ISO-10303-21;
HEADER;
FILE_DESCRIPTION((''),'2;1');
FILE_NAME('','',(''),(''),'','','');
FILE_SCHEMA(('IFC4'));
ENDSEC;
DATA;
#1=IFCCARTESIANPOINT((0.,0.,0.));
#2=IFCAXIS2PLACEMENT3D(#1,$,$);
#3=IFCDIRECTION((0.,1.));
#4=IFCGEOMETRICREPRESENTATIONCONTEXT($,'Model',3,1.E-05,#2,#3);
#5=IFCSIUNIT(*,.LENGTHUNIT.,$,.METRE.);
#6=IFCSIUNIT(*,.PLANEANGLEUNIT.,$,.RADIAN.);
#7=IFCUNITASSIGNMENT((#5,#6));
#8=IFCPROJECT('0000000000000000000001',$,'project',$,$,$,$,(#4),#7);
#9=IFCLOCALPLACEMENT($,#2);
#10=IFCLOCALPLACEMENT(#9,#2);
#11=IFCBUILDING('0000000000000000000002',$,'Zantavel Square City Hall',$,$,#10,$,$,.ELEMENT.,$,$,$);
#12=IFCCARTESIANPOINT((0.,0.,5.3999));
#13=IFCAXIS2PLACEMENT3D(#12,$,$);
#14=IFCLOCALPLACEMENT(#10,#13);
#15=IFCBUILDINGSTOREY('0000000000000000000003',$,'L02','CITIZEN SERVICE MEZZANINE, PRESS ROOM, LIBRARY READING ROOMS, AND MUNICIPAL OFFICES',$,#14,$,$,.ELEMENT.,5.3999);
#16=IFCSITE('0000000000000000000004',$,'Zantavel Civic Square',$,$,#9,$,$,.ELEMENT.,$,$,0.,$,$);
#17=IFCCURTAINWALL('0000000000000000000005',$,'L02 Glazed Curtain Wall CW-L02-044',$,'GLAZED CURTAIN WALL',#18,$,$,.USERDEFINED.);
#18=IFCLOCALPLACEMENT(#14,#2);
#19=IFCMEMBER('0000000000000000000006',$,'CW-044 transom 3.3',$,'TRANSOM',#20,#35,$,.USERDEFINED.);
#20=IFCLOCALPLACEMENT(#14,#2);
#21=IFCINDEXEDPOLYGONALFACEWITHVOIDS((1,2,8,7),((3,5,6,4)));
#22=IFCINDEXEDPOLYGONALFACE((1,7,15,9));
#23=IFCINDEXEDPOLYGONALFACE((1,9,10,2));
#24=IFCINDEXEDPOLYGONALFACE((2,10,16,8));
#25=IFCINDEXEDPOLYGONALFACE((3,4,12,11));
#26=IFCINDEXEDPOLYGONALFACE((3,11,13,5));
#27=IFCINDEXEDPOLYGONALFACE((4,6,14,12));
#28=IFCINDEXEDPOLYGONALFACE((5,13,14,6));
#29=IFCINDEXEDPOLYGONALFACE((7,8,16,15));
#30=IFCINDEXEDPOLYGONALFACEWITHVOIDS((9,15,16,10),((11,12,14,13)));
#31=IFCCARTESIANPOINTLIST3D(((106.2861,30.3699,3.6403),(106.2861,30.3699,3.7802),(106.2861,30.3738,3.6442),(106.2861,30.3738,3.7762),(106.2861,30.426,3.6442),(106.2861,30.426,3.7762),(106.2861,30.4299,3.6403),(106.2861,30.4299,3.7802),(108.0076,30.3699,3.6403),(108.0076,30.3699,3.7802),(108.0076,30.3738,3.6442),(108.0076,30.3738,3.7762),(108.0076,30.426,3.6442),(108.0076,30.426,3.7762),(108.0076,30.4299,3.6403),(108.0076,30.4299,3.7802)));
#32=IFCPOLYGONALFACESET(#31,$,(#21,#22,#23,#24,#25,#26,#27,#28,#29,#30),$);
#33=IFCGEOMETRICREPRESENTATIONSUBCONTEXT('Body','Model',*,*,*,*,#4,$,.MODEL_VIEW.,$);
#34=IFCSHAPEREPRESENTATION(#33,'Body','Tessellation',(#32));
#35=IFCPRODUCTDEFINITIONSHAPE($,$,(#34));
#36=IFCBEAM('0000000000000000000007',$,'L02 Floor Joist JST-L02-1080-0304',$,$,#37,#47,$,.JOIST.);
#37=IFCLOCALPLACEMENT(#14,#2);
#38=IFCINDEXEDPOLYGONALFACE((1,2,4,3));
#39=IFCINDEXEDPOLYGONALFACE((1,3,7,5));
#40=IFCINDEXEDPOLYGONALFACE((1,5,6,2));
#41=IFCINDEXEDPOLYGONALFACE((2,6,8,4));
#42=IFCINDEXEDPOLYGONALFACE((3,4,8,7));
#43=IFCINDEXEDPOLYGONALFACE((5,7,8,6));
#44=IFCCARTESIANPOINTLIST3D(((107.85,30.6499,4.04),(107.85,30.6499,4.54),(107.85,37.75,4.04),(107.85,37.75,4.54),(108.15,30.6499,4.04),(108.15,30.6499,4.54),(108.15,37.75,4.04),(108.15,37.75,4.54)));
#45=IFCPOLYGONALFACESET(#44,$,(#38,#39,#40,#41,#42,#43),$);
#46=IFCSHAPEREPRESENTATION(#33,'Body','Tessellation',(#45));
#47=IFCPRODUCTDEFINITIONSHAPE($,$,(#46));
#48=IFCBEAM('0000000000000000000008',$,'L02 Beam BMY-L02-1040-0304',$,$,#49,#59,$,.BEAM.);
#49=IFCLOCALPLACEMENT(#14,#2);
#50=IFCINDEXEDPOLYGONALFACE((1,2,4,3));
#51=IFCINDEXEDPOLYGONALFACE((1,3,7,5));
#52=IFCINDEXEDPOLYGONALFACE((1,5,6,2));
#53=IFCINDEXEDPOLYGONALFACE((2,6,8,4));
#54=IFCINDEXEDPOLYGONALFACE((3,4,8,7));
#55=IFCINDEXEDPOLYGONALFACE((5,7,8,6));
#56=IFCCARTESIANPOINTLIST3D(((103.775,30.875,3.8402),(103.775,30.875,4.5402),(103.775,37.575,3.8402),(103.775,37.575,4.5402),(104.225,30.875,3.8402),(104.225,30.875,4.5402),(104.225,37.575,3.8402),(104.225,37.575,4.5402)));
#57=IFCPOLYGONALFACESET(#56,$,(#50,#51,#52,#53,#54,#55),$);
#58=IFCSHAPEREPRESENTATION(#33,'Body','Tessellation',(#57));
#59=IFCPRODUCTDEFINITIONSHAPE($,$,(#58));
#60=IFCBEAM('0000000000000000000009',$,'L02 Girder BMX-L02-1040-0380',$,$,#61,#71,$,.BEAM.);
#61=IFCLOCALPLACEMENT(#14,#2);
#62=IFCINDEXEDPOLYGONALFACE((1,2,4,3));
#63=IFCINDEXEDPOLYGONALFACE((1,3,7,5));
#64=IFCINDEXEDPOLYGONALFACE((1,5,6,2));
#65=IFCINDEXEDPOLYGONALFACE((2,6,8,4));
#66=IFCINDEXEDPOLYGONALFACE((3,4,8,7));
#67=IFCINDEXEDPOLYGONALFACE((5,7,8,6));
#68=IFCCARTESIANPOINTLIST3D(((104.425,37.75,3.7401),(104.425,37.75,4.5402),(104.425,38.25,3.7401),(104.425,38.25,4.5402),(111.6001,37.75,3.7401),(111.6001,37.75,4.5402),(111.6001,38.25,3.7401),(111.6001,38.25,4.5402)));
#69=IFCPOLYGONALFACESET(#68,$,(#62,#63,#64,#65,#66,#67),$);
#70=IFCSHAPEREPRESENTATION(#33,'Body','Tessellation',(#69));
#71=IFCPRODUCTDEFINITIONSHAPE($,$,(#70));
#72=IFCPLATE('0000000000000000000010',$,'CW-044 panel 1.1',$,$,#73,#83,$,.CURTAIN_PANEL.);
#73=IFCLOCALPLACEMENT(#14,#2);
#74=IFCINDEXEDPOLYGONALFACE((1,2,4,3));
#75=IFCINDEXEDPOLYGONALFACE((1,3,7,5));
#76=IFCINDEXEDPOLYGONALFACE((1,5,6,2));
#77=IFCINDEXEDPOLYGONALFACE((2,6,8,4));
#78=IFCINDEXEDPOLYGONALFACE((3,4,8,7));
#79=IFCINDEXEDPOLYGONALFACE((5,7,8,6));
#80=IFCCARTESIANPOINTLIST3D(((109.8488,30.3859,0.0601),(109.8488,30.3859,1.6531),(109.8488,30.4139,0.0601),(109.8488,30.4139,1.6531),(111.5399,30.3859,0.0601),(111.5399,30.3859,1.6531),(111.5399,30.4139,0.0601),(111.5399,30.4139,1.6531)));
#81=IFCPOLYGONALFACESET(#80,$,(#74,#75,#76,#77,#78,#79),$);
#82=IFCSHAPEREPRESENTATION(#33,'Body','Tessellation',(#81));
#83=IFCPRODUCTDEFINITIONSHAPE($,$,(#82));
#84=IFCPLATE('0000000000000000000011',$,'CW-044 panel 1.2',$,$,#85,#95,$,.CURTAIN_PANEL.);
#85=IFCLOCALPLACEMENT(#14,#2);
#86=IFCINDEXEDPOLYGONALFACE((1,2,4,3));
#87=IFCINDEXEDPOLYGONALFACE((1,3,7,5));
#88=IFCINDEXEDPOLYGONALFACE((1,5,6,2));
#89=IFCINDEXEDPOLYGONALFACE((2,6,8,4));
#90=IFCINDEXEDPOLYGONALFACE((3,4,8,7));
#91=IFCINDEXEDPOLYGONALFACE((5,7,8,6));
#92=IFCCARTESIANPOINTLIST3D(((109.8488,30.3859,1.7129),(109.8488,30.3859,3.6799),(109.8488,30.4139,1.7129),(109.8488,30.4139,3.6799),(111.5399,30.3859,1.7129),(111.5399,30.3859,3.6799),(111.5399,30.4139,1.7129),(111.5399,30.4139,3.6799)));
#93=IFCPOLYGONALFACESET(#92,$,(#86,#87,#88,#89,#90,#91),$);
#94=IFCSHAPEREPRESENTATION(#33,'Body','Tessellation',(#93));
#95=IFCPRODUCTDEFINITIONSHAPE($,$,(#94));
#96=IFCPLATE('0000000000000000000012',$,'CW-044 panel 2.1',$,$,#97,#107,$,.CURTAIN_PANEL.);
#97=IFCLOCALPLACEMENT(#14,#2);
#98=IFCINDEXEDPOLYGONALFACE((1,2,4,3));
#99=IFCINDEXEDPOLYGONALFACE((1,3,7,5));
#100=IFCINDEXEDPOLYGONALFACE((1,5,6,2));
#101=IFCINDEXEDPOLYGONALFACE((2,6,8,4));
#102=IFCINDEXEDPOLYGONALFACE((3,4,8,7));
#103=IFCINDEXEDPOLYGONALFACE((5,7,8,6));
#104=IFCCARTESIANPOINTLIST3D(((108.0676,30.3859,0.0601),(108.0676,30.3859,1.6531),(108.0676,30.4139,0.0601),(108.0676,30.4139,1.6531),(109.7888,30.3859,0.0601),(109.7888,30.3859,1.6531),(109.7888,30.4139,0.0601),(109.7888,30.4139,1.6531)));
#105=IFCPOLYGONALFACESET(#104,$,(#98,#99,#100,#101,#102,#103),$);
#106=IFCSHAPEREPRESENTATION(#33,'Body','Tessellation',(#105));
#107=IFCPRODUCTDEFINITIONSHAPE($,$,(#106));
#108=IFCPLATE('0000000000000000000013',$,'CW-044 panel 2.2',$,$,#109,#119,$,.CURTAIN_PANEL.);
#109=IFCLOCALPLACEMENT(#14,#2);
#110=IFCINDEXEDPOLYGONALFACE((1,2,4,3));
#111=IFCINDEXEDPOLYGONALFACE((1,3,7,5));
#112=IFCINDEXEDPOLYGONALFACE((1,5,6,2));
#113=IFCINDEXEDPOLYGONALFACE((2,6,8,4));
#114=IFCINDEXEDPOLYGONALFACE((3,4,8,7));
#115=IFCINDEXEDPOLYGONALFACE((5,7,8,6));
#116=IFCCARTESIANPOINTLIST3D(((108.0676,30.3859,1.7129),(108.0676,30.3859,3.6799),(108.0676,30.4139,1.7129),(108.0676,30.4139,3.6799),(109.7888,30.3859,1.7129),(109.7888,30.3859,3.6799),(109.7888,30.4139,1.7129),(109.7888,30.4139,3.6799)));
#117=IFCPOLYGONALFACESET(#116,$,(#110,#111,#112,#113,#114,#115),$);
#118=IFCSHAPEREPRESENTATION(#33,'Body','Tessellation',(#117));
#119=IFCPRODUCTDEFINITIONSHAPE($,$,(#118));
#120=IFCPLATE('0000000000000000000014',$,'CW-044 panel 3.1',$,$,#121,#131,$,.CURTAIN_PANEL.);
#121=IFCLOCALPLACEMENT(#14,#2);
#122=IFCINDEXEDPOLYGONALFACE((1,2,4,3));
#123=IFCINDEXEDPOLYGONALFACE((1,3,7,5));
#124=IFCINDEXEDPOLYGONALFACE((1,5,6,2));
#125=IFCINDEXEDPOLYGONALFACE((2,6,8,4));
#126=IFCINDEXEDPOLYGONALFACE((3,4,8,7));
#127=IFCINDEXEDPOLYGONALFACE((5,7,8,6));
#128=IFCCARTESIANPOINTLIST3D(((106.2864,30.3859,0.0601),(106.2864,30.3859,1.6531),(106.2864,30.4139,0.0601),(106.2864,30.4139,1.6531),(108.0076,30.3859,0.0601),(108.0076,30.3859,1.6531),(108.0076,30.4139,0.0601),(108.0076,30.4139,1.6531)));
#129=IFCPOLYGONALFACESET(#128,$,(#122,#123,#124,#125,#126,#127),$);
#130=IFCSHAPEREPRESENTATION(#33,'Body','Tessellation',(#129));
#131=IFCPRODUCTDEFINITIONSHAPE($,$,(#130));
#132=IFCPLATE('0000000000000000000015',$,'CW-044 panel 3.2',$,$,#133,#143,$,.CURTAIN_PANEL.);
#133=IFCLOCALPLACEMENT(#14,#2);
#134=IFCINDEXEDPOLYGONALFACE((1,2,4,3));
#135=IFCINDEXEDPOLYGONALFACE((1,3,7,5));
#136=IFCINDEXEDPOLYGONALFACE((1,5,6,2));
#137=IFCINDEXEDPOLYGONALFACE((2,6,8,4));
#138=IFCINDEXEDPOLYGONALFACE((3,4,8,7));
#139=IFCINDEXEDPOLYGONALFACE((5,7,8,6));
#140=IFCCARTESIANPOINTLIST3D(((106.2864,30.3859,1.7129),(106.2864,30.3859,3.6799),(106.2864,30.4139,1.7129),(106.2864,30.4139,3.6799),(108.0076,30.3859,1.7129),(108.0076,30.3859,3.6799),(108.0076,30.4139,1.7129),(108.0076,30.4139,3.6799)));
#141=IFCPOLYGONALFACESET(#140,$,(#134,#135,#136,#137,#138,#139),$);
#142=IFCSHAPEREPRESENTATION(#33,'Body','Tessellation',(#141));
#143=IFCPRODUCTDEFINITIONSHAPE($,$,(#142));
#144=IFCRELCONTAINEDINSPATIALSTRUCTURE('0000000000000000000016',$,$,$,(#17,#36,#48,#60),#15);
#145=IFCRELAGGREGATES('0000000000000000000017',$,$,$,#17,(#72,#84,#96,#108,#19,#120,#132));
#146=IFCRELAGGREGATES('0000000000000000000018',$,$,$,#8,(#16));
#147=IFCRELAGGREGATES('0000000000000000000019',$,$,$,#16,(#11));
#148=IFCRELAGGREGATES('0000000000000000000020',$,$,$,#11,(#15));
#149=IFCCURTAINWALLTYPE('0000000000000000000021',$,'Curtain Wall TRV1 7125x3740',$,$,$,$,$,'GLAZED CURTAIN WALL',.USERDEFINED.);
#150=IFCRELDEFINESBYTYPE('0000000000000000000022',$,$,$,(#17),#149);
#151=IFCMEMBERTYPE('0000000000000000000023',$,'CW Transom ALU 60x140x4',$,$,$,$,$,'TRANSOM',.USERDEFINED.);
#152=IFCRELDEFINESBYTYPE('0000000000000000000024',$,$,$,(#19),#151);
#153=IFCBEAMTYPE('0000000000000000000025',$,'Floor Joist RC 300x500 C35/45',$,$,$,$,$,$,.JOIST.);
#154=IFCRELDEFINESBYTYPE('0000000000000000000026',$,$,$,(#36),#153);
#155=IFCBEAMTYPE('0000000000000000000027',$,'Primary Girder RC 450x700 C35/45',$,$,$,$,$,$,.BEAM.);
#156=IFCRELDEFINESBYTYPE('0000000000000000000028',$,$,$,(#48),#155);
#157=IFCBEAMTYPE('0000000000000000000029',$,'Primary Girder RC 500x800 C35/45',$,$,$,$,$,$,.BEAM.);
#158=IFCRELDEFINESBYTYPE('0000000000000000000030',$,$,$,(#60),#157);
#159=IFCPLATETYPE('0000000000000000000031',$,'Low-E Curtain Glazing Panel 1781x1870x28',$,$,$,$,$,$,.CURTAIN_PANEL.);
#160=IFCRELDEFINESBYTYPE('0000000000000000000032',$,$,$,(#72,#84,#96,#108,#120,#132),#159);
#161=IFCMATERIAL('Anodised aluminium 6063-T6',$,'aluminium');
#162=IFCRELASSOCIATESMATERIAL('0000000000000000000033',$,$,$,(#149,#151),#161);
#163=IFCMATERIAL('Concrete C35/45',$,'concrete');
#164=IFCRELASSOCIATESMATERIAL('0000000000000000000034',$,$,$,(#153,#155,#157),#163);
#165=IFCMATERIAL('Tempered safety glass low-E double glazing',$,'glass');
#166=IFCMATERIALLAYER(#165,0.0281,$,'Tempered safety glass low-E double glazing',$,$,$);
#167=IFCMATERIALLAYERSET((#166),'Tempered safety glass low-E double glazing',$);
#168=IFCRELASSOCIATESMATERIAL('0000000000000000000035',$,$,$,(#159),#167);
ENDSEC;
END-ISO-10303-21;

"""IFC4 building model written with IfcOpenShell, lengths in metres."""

from ifc_helpers import new_model, si_unit, direction, frame, origin, origin_2d, place, context, subcontext, project, spatial, rectangle, hollow_rectangle, extrude, material, layer, layer_set, material_profile, profile_set, type_object, element, aggregate, save


model = new_model("IFC4")

# Units and contexts
model_context = context("Model", 3, precision=1e-05, world=origin(), true_north=direction((0.0, 1.0)))
body_context = subcontext(model_context, "Body", "Model", "MODEL_VIEW")
ifc_project = project(units=[si_unit("LENGTHUNIT", "METRE"), si_unit("PLANEANGLEUNIT", "RADIAN")], contexts=[model_context])

# Site, building, storey
site_placement = place(None, origin())
site = spatial("IfcSite", under=ifc_project, at=site_placement, Name="Zantavel Civic Square", CompositionType="ELEMENT", RefElevation=0.0)
building_placement = place(site_placement, origin())
building = spatial("IfcBuilding", under=site, at=building_placement, Name="Zantavel Square City Hall", CompositionType="ELEMENT")
storey_placement = place(building_placement, frame((0.0, 0.0, 5.3999)))
storey = spatial("IfcBuildingStorey", under=building, at=storey_placement, Name="L02", Description="CITIZEN SERVICE MEZZANINE, PRESS ROOM, LIBRARY READING ROOMS, AND MUNICIPAL OFFICES", CompositionType="ELEMENT", Elevation=5.3999)

# Curtain wall, member
ifc_material_1 = material(Name="Anodised aluminium 6063-T6", Category="aluminium")
curtain_wall_type = type_object("IfcCurtainWallType", Name="Curtain Wall TRV1 7125x3740", ElementType="GLAZED CURTAIN WALL", PredefinedType="USERDEFINED", material=ifc_material_1)
curtain_wall_placement = place(storey_placement, origin())
curtain_wall = element("IfcCurtainWall", 1, at=curtain_wall_placement, inside=storey, type_object=curtain_wall_type, Name="L02 Glazed Curtain Wall CW-L02-044", ObjectType="GLAZED CURTAIN WALL", PredefinedType="USERDEFINED")
ifc_material_profile_1 = material_profile(ifc_material_1, hollow_rectangle(XDim=0.0601, YDim=0.1399, WallThickness=0.0039, at=origin_2d()), Name="ALU 60x140x4")
ifc_profile_set_1 = profile_set([ifc_material_profile_1], Name="Anodised aluminium 6063-T6")
member_type_1 = type_object("IfcMemberType", Name="CW Transom ALU 60x140x4", ElementType="TRANSOM", PredefinedType="USERDEFINED", material=ifc_profile_set_1)
member_1_placement = place(storey_placement, frame((108.0076, 30.3999, 3.7102), z_axis=(-1.0, 0.0, 0.0), x_axis=(0.0, -1.0, 0.0)))
member_1 = element("IfcMember", 2, at=member_1_placement, type_object=member_type_1, Name="CW-044 transom 3.3", ObjectType="TRANSOM", PredefinedType="USERDEFINED", context=body_context, shape_type="SweptSolid", body=[
    extrude(hollow_rectangle(XDim=0.0601, YDim=0.1399, WallThickness=0.0039, at=origin_2d()), origin(), (0.0, 0.0, 1.0), 1.7214),
])

# Beams
ifc_material_2 = material(Name="Concrete C35/45", Category="concrete")
ifc_material_profile_2 = material_profile(ifc_material_2, rectangle(XDim=0.3, YDim=0.5, at=origin_2d()), Name="RC 300x500")
ifc_profile_set_2 = profile_set([ifc_material_profile_2], Name="Concrete C35/45")
beam_type_1 = type_object("IfcBeamType", Name="Floor Joist RC 300x500 C35/45", PredefinedType="JOIST", material=ifc_profile_set_2)
beam_1_placement = place(storey_placement, frame((108.0, 30.6499, 4.29), z_axis=(0.0, 1.0, 0.0), x_axis=(-1.0, 0.0, 0.0)))
element("IfcBeam", 3, at=beam_1_placement, inside=storey, type_object=beam_type_1, Name="L02 Floor Joist JST-L02-1080-0304", PredefinedType="JOIST", context=body_context, shape_type="SweptSolid", body=[
    extrude(rectangle(XDim=0.3, YDim=0.5, at=origin_2d()), origin(), (0.0, 0.0, 1.0), 7.1001),
])
ifc_material_profile_3 = material_profile(ifc_material_2, rectangle(XDim=0.45, YDim=0.7, at=origin_2d()), Name="RC 450x700")
ifc_profile_set_3 = profile_set([ifc_material_profile_3], Name="Concrete C35/45")
beam_type_2 = type_object("IfcBeamType", Name="Primary Girder RC 450x700 C35/45", PredefinedType="BEAM", material=ifc_profile_set_3)
beam_2_placement = place(storey_placement, frame((104.0, 30.875, 4.1902), z_axis=(0.0, 1.0, 0.0), x_axis=(-1.0, 0.0, 0.0)))
element("IfcBeam", 4, at=beam_2_placement, inside=storey, type_object=beam_type_2, Name="L02 Beam BMY-L02-1040-0304", PredefinedType="BEAM", context=body_context, shape_type="SweptSolid", body=[
    extrude(rectangle(XDim=0.45, YDim=0.7, at=origin_2d()), origin(), (0.0, 0.0, 1.0), 6.7),
])
ifc_material_profile_4 = material_profile(ifc_material_2, rectangle(XDim=0.5, YDim=0.8, at=origin_2d()), Name="RC 500x800")
ifc_profile_set_4 = profile_set([ifc_material_profile_4], Name="Concrete C35/45")
beam_type_3 = type_object("IfcBeamType", Name="Primary Girder RC 500x800 C35/45", PredefinedType="BEAM", material=ifc_profile_set_4)
beam_3_placement = place(storey_placement, frame((104.425, 38.0, 4.1401), z_axis=(1.0, 0.0, 0.0), x_axis=(0.0, 1.0, 0.0)))
element("IfcBeam", 5, at=beam_3_placement, inside=storey, type_object=beam_type_3, Name="L02 Girder BMX-L02-1040-0380", PredefinedType="BEAM", context=body_context, shape_type="SweptSolid", body=[
    extrude(rectangle(XDim=0.5, YDim=0.8, at=origin_2d()), origin(), (0.0, 0.0, 1.0), 7.175),
])

# Plates
ifc_material_3 = material(Name="Tempered safety glass low-E double glazing", Category="glass")
ifc_layer = layer(ifc_material_3, 0.0281, Name="Tempered safety glass low-E double glazing")
ifc_layer_set = layer_set([ifc_layer], Name="Tempered safety glass low-E double glazing")
plate_type = type_object("IfcPlateType", Name="Low-E Curtain Glazing Panel 1781x1870x28", PredefinedType="CURTAIN_PANEL", material=ifc_layer_set)
plate_1_placement = place(storey_placement, frame((110.6943, 30.3999, 0.0601), z_axis=(0.0, 0.0, 1.0), x_axis=(-1.0, 0.0, 0.0)))
plate_1 = element("IfcPlate", 6, at=plate_1_placement, type_object=plate_type, Name="CW-044 panel 1.1", PredefinedType="CURTAIN_PANEL", context=body_context, shape_type="SweptSolid", body=[
    extrude(rectangle(XDim=1.6912, YDim=0.0281, at=origin_2d()), origin(), (0.0, 0.0, 1.0), 1.593),
])
plate_2_placement = place(storey_placement, frame((110.6943, 30.3999, 1.7129), z_axis=(0.0, 0.0, 1.0), x_axis=(-1.0, 0.0, 0.0)))
plate_2 = element("IfcPlate", 7, at=plate_2_placement, type_object=plate_type, Name="CW-044 panel 1.2", PredefinedType="CURTAIN_PANEL", context=body_context, shape_type="SweptSolid", body=[
    extrude(rectangle(XDim=1.6912, YDim=0.0281, at=origin_2d()), origin(), (0.0, 0.0, 1.0), 1.967),
])
plate_3_placement = place(storey_placement, frame((108.9282, 30.3999, 0.0601), z_axis=(0.0, 0.0, 1.0), x_axis=(-1.0, 0.0, 0.0)))
plate_3 = element("IfcPlate", 8, at=plate_3_placement, type_object=plate_type, Name="CW-044 panel 2.1", PredefinedType="CURTAIN_PANEL", context=body_context, shape_type="SweptSolid", body=[
    extrude(rectangle(XDim=1.7212, YDim=0.0281, at=origin_2d()), origin(), (0.0, 0.0, 1.0), 1.593),
])
plate_4_placement = place(storey_placement, frame((108.9282, 30.3999, 1.7129), z_axis=(0.0, 0.0, 1.0), x_axis=(-1.0, 0.0, 0.0)))
plate_4 = element("IfcPlate", 9, at=plate_4_placement, type_object=plate_type, Name="CW-044 panel 2.2", PredefinedType="CURTAIN_PANEL", context=body_context, shape_type="SweptSolid", body=[
    extrude(rectangle(XDim=1.7212, YDim=0.0281, at=origin_2d()), origin(), (0.0, 0.0, 1.0), 1.967),
])
plate_5_placement = place(storey_placement, frame((107.147, 30.3999, 0.0601), z_axis=(0.0, 0.0, 1.0), x_axis=(-1.0, 0.0, 0.0)))
plate_5 = element("IfcPlate", 10, at=plate_5_placement, type_object=plate_type, Name="CW-044 panel 3.1", PredefinedType="CURTAIN_PANEL", context=body_context, shape_type="SweptSolid", body=[
    extrude(rectangle(XDim=1.7212, YDim=0.0281, at=origin_2d()), origin(), (0.0, 0.0, 1.0), 1.593),
])
plate_6_placement = place(storey_placement, frame((107.147, 30.3999, 1.7129), z_axis=(0.0, 0.0, 1.0), x_axis=(-1.0, 0.0, 0.0)))
plate_6 = element("IfcPlate", 11, at=plate_6_placement, type_object=plate_type, Name="CW-044 panel 3.2", PredefinedType="CURTAIN_PANEL", context=body_context, shape_type="SweptSolid", body=[
    extrude(rectangle(XDim=1.7212, YDim=0.0281, at=origin_2d()), origin(), (0.0, 0.0, 1.0), 1.967),
])
aggregate(curtain_wall, [plate_1, plate_2, plate_3, plate_4, member_1, plate_5, plate_6])

save(model, "model.ifc")
